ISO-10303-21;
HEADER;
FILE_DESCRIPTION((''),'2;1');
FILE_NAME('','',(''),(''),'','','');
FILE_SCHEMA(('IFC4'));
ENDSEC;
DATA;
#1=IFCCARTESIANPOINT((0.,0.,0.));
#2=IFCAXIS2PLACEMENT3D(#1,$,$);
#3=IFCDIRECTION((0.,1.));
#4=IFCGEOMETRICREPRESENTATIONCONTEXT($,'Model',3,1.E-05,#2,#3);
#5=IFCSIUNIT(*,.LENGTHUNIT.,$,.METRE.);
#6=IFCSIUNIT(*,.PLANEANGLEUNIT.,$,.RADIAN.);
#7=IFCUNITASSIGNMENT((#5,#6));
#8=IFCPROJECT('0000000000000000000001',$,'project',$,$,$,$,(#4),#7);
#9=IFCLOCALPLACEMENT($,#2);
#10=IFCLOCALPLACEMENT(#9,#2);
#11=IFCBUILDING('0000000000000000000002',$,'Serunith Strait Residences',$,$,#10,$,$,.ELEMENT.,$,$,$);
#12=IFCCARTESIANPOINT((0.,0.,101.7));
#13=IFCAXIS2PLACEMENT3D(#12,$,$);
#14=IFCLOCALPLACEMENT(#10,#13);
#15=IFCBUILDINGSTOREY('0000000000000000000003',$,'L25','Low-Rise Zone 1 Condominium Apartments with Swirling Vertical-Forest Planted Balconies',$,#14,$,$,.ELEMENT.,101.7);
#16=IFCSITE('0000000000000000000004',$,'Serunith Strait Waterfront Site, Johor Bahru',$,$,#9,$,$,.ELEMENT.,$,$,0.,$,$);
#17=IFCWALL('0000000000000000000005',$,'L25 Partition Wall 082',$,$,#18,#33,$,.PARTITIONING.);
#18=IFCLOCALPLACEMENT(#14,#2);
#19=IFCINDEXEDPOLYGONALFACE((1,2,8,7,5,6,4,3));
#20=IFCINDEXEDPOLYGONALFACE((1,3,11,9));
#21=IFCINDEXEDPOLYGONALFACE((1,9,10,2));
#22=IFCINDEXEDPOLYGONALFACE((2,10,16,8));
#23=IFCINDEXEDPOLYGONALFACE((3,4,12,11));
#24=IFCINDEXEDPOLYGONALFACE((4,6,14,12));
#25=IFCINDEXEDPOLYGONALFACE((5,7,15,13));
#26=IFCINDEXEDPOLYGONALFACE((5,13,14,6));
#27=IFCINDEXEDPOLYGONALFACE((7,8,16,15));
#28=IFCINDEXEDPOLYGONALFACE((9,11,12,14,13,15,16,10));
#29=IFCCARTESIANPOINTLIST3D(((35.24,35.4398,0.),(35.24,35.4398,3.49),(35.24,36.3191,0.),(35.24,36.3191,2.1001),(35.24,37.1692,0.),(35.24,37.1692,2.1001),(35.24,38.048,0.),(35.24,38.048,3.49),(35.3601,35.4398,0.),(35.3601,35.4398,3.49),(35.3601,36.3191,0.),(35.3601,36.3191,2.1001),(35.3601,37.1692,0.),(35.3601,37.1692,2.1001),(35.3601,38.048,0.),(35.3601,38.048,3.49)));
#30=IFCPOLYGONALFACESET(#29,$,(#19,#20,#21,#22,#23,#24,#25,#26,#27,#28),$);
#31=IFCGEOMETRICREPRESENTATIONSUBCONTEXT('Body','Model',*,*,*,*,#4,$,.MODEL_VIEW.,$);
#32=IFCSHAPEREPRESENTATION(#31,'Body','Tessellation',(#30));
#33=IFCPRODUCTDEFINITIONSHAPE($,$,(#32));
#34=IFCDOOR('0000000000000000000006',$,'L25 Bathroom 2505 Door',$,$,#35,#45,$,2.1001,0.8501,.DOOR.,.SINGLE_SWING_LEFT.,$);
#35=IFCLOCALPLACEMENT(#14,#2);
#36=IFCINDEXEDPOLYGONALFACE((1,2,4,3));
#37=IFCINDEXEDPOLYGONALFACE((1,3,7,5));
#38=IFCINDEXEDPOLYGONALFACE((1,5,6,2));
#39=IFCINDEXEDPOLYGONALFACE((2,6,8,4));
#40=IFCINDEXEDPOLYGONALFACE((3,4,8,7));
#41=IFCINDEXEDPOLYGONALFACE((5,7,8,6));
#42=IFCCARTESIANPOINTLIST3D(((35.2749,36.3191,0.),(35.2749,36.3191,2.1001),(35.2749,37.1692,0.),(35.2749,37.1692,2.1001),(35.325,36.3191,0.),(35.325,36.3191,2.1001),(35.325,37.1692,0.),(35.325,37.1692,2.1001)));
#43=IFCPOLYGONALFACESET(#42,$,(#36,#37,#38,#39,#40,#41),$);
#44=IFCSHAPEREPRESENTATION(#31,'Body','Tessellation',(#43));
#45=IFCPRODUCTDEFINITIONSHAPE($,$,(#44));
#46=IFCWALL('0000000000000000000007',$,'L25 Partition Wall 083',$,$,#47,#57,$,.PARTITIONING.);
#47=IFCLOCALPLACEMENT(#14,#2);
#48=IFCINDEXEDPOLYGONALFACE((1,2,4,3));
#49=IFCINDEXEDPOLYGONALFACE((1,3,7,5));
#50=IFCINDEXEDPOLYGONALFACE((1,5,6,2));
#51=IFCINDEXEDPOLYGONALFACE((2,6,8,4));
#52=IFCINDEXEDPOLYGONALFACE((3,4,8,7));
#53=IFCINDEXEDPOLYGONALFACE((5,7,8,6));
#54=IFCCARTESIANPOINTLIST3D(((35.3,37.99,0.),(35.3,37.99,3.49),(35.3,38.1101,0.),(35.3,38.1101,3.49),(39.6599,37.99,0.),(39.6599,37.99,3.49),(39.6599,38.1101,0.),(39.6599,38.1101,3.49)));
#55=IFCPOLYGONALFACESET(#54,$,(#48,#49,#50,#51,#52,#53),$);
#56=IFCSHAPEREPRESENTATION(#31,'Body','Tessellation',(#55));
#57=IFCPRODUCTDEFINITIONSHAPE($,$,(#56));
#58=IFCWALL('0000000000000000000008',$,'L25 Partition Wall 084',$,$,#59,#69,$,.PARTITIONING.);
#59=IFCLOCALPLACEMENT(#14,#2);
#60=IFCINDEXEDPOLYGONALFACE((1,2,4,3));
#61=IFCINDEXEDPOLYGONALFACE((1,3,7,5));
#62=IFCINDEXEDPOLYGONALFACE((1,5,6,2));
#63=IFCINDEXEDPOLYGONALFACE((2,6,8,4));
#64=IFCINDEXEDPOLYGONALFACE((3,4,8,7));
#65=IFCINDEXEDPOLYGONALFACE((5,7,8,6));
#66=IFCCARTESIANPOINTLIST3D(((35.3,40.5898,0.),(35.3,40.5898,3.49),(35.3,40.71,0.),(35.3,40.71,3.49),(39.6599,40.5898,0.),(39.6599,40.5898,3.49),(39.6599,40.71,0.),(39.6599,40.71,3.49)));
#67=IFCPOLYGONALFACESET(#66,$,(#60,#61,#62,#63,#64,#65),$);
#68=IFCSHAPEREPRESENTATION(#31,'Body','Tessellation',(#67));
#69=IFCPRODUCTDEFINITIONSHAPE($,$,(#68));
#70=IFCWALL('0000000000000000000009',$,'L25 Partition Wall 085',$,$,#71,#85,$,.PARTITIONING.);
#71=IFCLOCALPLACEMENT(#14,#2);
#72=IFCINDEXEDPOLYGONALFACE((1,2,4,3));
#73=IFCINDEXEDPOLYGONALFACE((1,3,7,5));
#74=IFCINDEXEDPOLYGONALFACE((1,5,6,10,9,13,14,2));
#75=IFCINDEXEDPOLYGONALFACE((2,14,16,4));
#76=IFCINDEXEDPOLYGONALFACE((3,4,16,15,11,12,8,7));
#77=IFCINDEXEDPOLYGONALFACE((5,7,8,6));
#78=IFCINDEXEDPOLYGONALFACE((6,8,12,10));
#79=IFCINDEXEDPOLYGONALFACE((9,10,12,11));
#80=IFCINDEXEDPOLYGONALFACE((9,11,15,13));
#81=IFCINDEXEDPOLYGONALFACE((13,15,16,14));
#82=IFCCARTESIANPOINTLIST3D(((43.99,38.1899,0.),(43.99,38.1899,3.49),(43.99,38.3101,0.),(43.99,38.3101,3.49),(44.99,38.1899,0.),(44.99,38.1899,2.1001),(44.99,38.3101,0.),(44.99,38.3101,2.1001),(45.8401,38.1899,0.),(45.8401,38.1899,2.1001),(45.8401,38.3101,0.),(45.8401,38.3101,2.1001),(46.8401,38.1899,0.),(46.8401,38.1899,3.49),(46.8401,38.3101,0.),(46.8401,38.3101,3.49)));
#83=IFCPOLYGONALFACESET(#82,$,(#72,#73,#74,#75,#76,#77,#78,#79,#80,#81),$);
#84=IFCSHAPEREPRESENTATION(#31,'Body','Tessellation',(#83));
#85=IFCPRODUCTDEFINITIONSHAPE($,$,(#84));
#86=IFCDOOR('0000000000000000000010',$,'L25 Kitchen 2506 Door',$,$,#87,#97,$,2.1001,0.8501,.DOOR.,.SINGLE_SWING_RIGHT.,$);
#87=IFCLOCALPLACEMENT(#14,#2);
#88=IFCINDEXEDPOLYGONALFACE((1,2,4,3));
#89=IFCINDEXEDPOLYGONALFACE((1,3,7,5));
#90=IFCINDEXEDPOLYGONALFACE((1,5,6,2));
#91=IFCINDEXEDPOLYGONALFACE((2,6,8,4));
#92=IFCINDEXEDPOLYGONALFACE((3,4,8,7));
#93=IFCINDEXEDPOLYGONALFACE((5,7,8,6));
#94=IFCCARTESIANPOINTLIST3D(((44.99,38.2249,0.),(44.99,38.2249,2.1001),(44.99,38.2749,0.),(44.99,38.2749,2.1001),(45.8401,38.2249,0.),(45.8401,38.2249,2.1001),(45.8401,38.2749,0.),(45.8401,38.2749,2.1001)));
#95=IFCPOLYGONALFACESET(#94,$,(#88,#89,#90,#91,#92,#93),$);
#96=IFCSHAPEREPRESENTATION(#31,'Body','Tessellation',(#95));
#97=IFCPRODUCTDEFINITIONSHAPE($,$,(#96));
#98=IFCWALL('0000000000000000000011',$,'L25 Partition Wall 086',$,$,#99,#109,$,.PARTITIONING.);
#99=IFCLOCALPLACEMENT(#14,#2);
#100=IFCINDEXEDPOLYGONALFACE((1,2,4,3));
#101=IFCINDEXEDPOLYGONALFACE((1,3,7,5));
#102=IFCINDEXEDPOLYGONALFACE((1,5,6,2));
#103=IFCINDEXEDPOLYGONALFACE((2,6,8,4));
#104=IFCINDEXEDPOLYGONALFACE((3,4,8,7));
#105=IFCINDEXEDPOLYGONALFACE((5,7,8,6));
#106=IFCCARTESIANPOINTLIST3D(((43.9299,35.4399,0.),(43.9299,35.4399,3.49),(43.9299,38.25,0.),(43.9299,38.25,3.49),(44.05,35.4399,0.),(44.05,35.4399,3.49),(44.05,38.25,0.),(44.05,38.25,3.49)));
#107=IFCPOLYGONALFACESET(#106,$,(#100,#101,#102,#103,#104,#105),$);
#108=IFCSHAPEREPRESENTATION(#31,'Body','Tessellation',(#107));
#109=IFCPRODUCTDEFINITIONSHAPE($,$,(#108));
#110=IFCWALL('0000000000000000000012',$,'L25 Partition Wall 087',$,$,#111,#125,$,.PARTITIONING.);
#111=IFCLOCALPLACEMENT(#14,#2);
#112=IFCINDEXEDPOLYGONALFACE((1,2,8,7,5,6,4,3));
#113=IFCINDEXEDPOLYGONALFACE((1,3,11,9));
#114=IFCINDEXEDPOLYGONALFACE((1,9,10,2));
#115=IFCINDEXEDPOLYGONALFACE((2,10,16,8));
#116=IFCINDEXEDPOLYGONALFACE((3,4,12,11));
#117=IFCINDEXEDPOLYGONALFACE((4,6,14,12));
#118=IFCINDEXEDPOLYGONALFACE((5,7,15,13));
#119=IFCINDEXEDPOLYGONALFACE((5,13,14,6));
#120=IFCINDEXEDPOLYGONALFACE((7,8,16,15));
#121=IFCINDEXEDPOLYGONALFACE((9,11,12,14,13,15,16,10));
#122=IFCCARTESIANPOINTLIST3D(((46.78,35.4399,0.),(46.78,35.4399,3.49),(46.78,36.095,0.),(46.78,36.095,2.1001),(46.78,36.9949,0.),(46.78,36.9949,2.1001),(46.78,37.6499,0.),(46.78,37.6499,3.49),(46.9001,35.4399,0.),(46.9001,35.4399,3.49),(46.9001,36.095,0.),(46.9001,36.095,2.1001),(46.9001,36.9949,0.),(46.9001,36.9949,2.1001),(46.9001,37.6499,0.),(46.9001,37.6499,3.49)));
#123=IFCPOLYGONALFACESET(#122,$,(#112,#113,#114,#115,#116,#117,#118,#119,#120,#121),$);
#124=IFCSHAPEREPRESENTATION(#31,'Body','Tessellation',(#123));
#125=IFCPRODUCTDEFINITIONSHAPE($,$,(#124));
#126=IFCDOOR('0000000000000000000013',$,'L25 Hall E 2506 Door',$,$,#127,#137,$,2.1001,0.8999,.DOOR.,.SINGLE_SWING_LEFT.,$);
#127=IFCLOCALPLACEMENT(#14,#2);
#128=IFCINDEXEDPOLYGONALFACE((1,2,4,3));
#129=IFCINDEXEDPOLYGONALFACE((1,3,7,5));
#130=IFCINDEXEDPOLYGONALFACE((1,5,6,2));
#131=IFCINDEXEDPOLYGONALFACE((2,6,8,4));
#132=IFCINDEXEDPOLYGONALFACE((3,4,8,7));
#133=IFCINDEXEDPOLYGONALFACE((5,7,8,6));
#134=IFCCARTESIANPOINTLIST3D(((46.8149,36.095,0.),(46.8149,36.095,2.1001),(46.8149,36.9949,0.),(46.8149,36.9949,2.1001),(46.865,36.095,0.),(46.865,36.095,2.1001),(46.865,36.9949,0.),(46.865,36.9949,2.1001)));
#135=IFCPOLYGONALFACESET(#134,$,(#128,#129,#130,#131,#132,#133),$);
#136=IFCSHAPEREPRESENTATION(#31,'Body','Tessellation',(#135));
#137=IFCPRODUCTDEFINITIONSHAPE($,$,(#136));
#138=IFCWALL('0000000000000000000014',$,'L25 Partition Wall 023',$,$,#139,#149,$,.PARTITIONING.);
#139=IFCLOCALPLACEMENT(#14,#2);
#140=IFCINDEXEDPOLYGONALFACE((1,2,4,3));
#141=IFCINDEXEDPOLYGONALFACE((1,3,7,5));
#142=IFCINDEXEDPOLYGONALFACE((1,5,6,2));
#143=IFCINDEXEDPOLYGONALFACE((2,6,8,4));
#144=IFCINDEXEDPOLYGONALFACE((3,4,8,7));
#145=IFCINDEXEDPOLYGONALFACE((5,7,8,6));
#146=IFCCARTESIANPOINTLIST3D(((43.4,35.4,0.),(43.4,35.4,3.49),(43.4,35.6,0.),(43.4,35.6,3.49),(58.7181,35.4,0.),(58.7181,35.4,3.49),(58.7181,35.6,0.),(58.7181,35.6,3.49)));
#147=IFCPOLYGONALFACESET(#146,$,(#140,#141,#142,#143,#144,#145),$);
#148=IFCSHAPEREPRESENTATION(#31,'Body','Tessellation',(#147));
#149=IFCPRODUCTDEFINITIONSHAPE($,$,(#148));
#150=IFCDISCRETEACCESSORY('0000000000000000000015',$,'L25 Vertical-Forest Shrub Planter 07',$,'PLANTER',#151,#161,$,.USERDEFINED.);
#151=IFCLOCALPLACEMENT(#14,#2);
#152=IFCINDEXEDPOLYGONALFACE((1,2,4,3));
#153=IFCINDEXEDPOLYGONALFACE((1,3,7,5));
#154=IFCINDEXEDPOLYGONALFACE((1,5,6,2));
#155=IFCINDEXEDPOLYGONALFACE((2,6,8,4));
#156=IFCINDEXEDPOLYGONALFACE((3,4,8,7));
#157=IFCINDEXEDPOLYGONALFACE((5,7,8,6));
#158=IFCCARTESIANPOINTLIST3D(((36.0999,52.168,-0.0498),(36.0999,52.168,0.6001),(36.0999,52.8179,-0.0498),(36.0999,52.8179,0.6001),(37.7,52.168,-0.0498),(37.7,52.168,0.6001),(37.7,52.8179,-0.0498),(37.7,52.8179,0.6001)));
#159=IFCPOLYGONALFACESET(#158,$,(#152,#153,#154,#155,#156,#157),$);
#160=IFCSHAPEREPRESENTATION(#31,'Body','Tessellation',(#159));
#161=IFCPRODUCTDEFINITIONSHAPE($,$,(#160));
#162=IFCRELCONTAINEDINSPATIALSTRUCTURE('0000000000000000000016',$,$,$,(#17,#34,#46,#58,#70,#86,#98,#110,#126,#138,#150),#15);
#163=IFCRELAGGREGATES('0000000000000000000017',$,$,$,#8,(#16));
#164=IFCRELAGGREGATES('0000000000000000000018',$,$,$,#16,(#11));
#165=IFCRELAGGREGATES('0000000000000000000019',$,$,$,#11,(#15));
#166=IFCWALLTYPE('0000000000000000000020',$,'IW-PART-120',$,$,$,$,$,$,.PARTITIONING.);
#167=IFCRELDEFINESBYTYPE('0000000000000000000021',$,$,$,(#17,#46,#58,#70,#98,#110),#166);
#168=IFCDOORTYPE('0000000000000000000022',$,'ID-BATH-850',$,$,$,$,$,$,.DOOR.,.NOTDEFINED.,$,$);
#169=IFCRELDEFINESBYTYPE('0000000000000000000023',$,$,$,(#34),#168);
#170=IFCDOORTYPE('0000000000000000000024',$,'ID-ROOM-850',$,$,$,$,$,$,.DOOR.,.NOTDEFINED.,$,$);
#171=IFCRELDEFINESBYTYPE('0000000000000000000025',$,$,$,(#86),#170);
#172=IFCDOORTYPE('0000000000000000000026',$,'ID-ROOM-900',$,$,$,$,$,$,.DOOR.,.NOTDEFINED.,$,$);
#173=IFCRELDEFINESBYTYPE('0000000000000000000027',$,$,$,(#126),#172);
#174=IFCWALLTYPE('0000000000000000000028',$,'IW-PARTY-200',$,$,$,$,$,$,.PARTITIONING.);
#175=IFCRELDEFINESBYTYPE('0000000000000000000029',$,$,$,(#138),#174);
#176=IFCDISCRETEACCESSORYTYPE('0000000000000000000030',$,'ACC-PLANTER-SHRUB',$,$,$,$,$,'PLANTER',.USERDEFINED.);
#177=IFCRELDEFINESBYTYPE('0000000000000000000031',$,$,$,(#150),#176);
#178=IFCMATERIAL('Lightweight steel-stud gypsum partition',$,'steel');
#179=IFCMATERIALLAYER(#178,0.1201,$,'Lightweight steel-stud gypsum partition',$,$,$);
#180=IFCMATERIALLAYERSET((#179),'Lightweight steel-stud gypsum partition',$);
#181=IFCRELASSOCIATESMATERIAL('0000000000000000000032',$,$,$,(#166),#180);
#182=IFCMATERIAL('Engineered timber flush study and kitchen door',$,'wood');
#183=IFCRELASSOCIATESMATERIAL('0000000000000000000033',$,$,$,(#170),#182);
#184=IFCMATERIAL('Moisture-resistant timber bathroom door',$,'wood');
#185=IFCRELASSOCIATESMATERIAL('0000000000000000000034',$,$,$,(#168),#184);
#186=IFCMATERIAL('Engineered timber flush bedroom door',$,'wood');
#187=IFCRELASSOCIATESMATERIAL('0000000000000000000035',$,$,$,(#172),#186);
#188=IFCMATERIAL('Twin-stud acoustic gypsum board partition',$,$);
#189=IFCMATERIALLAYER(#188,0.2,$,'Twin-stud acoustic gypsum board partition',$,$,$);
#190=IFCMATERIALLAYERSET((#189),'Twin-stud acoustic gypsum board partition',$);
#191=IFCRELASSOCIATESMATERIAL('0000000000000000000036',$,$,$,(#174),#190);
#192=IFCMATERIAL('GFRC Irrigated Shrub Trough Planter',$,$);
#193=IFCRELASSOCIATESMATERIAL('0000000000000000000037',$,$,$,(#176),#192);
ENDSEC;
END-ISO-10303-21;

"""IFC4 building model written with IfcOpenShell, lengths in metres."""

from ifc_helpers import new_model, si_unit, direction, frame, frame_2d, origin, origin_2d, place, context, subcontext, project, spatial, rectangle, extrude, source, transform, mapped, material, layer, layer_set, type_object, element, fill, save


model = new_model("IFC4")

# Units and contexts
model_context = context("Model", 3, precision=1e-05, world=origin(), true_north=direction((0.0, 1.0)))
body_context = subcontext(model_context, "Body", "Model", "MODEL_VIEW")
ifc_project = project(units=[si_unit("LENGTHUNIT", "METRE"), si_unit("PLANEANGLEUNIT", "RADIAN")], contexts=[model_context])

# Site, building, storey
site_placement = place(None, origin())
site = spatial("IfcSite", under=ifc_project, at=site_placement, Name="Serunith Strait Waterfront Site, Johor Bahru", CompositionType="ELEMENT", RefElevation=0.0)
building_placement = place(site_placement, origin())
building = spatial("IfcBuilding", under=site, at=building_placement, Name="Serunith Strait Residences", CompositionType="ELEMENT")
storey_placement = place(building_placement, frame((0.0, 0.0, 101.7)))
storey = spatial("IfcBuildingStorey", under=building, at=storey_placement, Name="L25", Description="Low-Rise Zone 1 Condominium Apartments with Swirling Vertical-Forest Planted Balconies", CompositionType="ELEMENT", Elevation=101.7)

# Wall, opening, door
ifc_material_1 = material(Name="Lightweight steel-stud gypsum partition", Category="steel")
ifc_layer_1 = layer(ifc_material_1, 0.1201, Name="Lightweight steel-stud gypsum partition")
ifc_layer_set_1 = layer_set([ifc_layer_1], Name="Lightweight steel-stud gypsum partition")
wall_type_1 = type_object("IfcWallType", Name="IW-PART-120", PredefinedType="PARTITIONING", material=ifc_layer_set_1)
ifc_material_2 = material(Name="Engineered timber flush study and kitchen door", Category="wood")
door_type_1 = type_object("IfcDoorType", Name="ID-ROOM-850", OperationType="NOTDEFINED", PredefinedType="DOOR", material=ifc_material_2)
shared_shape_1 = source(origin(), body_context, "Body", "SweptSolid", [
    extrude(rectangle(XDim=0.8501, YDim=2.1001, at=frame_2d((0.425, 1.05))), frame((0.0, 0.0249, 0.0), z_axis=(0.0, -1.0, 0.0), x_axis=(1.0, 0.0, 0.0)), (0.0, 0.0, 1.0), 0.05),
])
wall_1_placement = place(storey_placement, frame((35.3, 38.0481, 0.0), z_axis=(0.0, 0.0, 1.0), x_axis=(0.0, -1.0, 0.0)))
wall_1 = element("IfcWall", 1, at=wall_1_placement, inside=storey, type_object=wall_type_1, Name="L25 Partition Wall 082", PredefinedType="PARTITIONING", context=body_context, shape_type="SweptSolid", body=[
    extrude(rectangle(XDim=2.6082, YDim=0.1201, at=frame_2d((1.3042, 0.0))), origin(), (0.0, 0.0, 1.0), 3.49),
])
opening_1_placement = place(wall_1_placement, frame((0.8789, 0.0, 0.0)))
opening_1 = element("IfcOpeningElement", 2, at=opening_1_placement, cuts=wall_1, PredefinedType="OPENING", context=body_context, shape_type="SweptSolid", body=[
    extrude(rectangle(XDim=0.8501, YDim=2.1001, at=frame_2d((0.425, 1.05))), frame((0.0, 0.0701, 0.0), z_axis=(0.0, -1.0, 0.0), x_axis=(1.0, 0.0, 0.0)), (0.0, 0.0, 1.0), 0.1401),
])
ifc_material_3 = material(Name="Moisture-resistant timber bathroom door", Category="wood")
door_type_2 = type_object("IfcDoorType", Name="ID-BATH-850", OperationType="NOTDEFINED", PredefinedType="DOOR", material=ifc_material_3)
door_1_placement = place(opening_1_placement, origin())
door_1 = element("IfcDoor", 3, at=door_1_placement, inside=storey, type_object=door_type_2, Name="L25 Bathroom 2505 Door", OperationType="SINGLE_SWING_LEFT", OverallHeight=2.1001, OverallWidth=0.8501, PredefinedType="DOOR", context=body_context, shape_type="MappedRepresentation", body=[
    mapped(shared_shape_1, transform((0.0, 0.0, 0.0), scale=1.0)),
])
fill(opening_1, door_1)

# Walls
for number, where, z_axis, x_axis, name in (
    (4, (35.3, 38.05, 0.0), (0.0, 0.0, 1.0), (1.0, 0.0, 0.0), "L25 Partition Wall 083"),
    (5, (35.3, 40.6499, 0.0), (0.0, 0.0, 1.0), (1.0, 0.0, 0.0), "L25 Partition Wall 084"),
):
    element("IfcWall", number, at=place(storey_placement, frame(where, z_axis=z_axis, x_axis=x_axis)), inside=storey, type_object=wall_type_1, Name=name, PredefinedType="PARTITIONING", context=body_context, shape_type="SweptSolid", body=[
        extrude(rectangle(XDim=4.3599, YDim=0.1201, at=frame_2d((2.1799, 0.0))), origin(), (0.0, 0.0, 1.0), 3.49),
    ])

# Wall, opening, door
wall_2_placement = place(storey_placement, frame((43.99, 38.25, 0.0), z_axis=(0.0, 0.0, 1.0), x_axis=(1.0, 0.0, 0.0)))
wall_2 = element("IfcWall", 6, at=wall_2_placement, inside=storey, type_object=wall_type_1, Name="L25 Partition Wall 085", PredefinedType="PARTITIONING", context=body_context, shape_type="SweptSolid", body=[
    extrude(rectangle(XDim=2.8501, YDim=0.1201, at=frame_2d((1.425, 0.0))), origin(), (0.0, 0.0, 1.0), 3.49),
])
opening_2_placement = place(wall_2_placement, frame((1.0, 0.0, 0.0)))
opening_2 = element("IfcOpeningElement", 7, at=opening_2_placement, cuts=wall_2, PredefinedType="OPENING", context=body_context, shape_type="SweptSolid", body=[
    extrude(rectangle(XDim=0.8501, YDim=2.1001, at=frame_2d((0.425, 1.05))), frame((0.0, 0.0701, 0.0), z_axis=(0.0, -1.0, 0.0), x_axis=(1.0, 0.0, 0.0)), (0.0, 0.0, 1.0), 0.1401),
])
door_2_placement = place(opening_2_placement, origin())
door_2 = element("IfcDoor", 8, at=door_2_placement, inside=storey, type_object=door_type_1, Name="L25 Kitchen 2506 Door", OperationType="SINGLE_SWING_RIGHT", OverallHeight=2.1001, OverallWidth=0.8501, PredefinedType="DOOR", context=body_context, shape_type="MappedRepresentation", body=[
    mapped(shared_shape_1, transform((0.0, 0.0, 0.0), scale=1.0)),
])
fill(opening_2, door_2)

# Wall
wall_3_placement = place(storey_placement, frame((43.99, 38.25, 0.0), z_axis=(0.0, 0.0, 1.0), x_axis=(0.0, -1.0, 0.0)))
element("IfcWall", 9, at=wall_3_placement, inside=storey, type_object=wall_type_1, Name="L25 Partition Wall 086", PredefinedType="PARTITIONING", context=body_context, shape_type="SweptSolid", body=[
    extrude(rectangle(XDim=2.8101, YDim=0.1201, at=frame_2d((1.405, 0.0))), origin(), (0.0, 0.0, 1.0), 3.49),
])

# Wall, opening, door
wall_4_placement = place(storey_placement, frame((46.8401, 37.6499, 0.0), z_axis=(0.0, 0.0, 1.0), x_axis=(0.0, -1.0, 0.0)))
wall_4 = element("IfcWall", 10, at=wall_4_placement, inside=storey, type_object=wall_type_1, Name="L25 Partition Wall 087", PredefinedType="PARTITIONING", context=body_context, shape_type="SweptSolid", body=[
    extrude(rectangle(XDim=2.21, YDim=0.1201, at=frame_2d((1.105, 0.0))), origin(), (0.0, 0.0, 1.0), 3.49),
])
opening_3_placement = place(wall_4_placement, frame((0.655, 0.0, 0.0)))
opening_3 = element("IfcOpeningElement", 11, at=opening_3_placement, cuts=wall_4, PredefinedType="OPENING", context=body_context, shape_type="SweptSolid", body=[
    extrude(rectangle(XDim=0.8999, YDim=2.1001, at=frame_2d((0.45, 1.05))), frame((0.0, 0.0701, 0.0), z_axis=(0.0, -1.0, 0.0), x_axis=(1.0, 0.0, 0.0)), (0.0, 0.0, 1.0), 0.1401),
])
ifc_material_4 = material(Name="Engineered timber flush bedroom door", Category="wood")
door_type_3 = type_object("IfcDoorType", Name="ID-ROOM-900", OperationType="NOTDEFINED", PredefinedType="DOOR", material=ifc_material_4)
shared_shape_2 = source(origin(), body_context, "Body", "SweptSolid", [
    extrude(rectangle(XDim=0.8999, YDim=2.1001, at=frame_2d((0.45, 1.05))), frame((0.0, 0.0249, 0.0), z_axis=(0.0, -1.0, 0.0), x_axis=(1.0, 0.0, 0.0)), (0.0, 0.0, 1.0), 0.05),
])
door_3_placement = place(opening_3_placement, origin())
door_3 = element("IfcDoor", 12, at=door_3_placement, inside=storey, type_object=door_type_3, Name="L25 Hall E 2506 Door", OperationType="SINGLE_SWING_LEFT", OverallHeight=2.1001, OverallWidth=0.8999, PredefinedType="DOOR", context=body_context, shape_type="MappedRepresentation", body=[
    mapped(shared_shape_2, transform((0.0, 0.0, 0.0), scale=1.0)),
])
fill(opening_3, door_3)

# Wall
ifc_material_5 = material(Name="Twin-stud acoustic gypsum board partition")
ifc_layer_2 = layer(ifc_material_5, 0.2, Name="Twin-stud acoustic gypsum board partition")
ifc_layer_set_2 = layer_set([ifc_layer_2], Name="Twin-stud acoustic gypsum board partition")
wall_type_2 = type_object("IfcWallType", Name="IW-PARTY-200", PredefinedType="PARTITIONING", material=ifc_layer_set_2)
wall_5_placement = place(storey_placement, frame((43.3999, 35.5, 0.0), z_axis=(0.0, 0.0, 1.0), x_axis=(1.0, 0.0, 0.0)))
element("IfcWall", 13, at=wall_5_placement, inside=storey, type_object=wall_type_2, Name="L25 Partition Wall 023", PredefinedType="PARTITIONING", context=body_context, shape_type="SweptSolid", body=[
    extrude(rectangle(XDim=15.3181, YDim=0.2, at=frame_2d((7.6592, 0.0))), origin(), (0.0, 0.0, 1.0), 3.49),
])

# Discrete accessory
ifc_material_6 = material(Name="GFRC Irrigated Shrub Trough Planter")
discrete_accessory_type = type_object("IfcDiscreteAccessoryType", Name="ACC-PLANTER-SHRUB", ElementType="PLANTER", PredefinedType="USERDEFINED", material=ifc_material_6)
shared_shape_3 = source(origin(), body_context, "Body", "SweptSolid", [
    extrude(rectangle(XDim=1.6001, YDim=0.6499, at=origin_2d()), origin(), (0.0, 0.0, 1.0), 0.6499),
])
discrete_accessory_placement = place(storey_placement, frame((36.8999, 52.4929, -0.0498), z_axis=(0.0, 0.0, 1.0), x_axis=(-1.0, 0.0, 0.0)))
element("IfcDiscreteAccessory", 14, at=discrete_accessory_placement, inside=storey, type_object=discrete_accessory_type, Name="L25 Vertical-Forest Shrub Planter 07", ObjectType="PLANTER", PredefinedType="USERDEFINED", context=body_context, shape_type="MappedRepresentation", body=[
    mapped(shared_shape_3, transform((0.0, 0.0, 0.0), scale=1.0)),
])

save(model, "model.ifc")
